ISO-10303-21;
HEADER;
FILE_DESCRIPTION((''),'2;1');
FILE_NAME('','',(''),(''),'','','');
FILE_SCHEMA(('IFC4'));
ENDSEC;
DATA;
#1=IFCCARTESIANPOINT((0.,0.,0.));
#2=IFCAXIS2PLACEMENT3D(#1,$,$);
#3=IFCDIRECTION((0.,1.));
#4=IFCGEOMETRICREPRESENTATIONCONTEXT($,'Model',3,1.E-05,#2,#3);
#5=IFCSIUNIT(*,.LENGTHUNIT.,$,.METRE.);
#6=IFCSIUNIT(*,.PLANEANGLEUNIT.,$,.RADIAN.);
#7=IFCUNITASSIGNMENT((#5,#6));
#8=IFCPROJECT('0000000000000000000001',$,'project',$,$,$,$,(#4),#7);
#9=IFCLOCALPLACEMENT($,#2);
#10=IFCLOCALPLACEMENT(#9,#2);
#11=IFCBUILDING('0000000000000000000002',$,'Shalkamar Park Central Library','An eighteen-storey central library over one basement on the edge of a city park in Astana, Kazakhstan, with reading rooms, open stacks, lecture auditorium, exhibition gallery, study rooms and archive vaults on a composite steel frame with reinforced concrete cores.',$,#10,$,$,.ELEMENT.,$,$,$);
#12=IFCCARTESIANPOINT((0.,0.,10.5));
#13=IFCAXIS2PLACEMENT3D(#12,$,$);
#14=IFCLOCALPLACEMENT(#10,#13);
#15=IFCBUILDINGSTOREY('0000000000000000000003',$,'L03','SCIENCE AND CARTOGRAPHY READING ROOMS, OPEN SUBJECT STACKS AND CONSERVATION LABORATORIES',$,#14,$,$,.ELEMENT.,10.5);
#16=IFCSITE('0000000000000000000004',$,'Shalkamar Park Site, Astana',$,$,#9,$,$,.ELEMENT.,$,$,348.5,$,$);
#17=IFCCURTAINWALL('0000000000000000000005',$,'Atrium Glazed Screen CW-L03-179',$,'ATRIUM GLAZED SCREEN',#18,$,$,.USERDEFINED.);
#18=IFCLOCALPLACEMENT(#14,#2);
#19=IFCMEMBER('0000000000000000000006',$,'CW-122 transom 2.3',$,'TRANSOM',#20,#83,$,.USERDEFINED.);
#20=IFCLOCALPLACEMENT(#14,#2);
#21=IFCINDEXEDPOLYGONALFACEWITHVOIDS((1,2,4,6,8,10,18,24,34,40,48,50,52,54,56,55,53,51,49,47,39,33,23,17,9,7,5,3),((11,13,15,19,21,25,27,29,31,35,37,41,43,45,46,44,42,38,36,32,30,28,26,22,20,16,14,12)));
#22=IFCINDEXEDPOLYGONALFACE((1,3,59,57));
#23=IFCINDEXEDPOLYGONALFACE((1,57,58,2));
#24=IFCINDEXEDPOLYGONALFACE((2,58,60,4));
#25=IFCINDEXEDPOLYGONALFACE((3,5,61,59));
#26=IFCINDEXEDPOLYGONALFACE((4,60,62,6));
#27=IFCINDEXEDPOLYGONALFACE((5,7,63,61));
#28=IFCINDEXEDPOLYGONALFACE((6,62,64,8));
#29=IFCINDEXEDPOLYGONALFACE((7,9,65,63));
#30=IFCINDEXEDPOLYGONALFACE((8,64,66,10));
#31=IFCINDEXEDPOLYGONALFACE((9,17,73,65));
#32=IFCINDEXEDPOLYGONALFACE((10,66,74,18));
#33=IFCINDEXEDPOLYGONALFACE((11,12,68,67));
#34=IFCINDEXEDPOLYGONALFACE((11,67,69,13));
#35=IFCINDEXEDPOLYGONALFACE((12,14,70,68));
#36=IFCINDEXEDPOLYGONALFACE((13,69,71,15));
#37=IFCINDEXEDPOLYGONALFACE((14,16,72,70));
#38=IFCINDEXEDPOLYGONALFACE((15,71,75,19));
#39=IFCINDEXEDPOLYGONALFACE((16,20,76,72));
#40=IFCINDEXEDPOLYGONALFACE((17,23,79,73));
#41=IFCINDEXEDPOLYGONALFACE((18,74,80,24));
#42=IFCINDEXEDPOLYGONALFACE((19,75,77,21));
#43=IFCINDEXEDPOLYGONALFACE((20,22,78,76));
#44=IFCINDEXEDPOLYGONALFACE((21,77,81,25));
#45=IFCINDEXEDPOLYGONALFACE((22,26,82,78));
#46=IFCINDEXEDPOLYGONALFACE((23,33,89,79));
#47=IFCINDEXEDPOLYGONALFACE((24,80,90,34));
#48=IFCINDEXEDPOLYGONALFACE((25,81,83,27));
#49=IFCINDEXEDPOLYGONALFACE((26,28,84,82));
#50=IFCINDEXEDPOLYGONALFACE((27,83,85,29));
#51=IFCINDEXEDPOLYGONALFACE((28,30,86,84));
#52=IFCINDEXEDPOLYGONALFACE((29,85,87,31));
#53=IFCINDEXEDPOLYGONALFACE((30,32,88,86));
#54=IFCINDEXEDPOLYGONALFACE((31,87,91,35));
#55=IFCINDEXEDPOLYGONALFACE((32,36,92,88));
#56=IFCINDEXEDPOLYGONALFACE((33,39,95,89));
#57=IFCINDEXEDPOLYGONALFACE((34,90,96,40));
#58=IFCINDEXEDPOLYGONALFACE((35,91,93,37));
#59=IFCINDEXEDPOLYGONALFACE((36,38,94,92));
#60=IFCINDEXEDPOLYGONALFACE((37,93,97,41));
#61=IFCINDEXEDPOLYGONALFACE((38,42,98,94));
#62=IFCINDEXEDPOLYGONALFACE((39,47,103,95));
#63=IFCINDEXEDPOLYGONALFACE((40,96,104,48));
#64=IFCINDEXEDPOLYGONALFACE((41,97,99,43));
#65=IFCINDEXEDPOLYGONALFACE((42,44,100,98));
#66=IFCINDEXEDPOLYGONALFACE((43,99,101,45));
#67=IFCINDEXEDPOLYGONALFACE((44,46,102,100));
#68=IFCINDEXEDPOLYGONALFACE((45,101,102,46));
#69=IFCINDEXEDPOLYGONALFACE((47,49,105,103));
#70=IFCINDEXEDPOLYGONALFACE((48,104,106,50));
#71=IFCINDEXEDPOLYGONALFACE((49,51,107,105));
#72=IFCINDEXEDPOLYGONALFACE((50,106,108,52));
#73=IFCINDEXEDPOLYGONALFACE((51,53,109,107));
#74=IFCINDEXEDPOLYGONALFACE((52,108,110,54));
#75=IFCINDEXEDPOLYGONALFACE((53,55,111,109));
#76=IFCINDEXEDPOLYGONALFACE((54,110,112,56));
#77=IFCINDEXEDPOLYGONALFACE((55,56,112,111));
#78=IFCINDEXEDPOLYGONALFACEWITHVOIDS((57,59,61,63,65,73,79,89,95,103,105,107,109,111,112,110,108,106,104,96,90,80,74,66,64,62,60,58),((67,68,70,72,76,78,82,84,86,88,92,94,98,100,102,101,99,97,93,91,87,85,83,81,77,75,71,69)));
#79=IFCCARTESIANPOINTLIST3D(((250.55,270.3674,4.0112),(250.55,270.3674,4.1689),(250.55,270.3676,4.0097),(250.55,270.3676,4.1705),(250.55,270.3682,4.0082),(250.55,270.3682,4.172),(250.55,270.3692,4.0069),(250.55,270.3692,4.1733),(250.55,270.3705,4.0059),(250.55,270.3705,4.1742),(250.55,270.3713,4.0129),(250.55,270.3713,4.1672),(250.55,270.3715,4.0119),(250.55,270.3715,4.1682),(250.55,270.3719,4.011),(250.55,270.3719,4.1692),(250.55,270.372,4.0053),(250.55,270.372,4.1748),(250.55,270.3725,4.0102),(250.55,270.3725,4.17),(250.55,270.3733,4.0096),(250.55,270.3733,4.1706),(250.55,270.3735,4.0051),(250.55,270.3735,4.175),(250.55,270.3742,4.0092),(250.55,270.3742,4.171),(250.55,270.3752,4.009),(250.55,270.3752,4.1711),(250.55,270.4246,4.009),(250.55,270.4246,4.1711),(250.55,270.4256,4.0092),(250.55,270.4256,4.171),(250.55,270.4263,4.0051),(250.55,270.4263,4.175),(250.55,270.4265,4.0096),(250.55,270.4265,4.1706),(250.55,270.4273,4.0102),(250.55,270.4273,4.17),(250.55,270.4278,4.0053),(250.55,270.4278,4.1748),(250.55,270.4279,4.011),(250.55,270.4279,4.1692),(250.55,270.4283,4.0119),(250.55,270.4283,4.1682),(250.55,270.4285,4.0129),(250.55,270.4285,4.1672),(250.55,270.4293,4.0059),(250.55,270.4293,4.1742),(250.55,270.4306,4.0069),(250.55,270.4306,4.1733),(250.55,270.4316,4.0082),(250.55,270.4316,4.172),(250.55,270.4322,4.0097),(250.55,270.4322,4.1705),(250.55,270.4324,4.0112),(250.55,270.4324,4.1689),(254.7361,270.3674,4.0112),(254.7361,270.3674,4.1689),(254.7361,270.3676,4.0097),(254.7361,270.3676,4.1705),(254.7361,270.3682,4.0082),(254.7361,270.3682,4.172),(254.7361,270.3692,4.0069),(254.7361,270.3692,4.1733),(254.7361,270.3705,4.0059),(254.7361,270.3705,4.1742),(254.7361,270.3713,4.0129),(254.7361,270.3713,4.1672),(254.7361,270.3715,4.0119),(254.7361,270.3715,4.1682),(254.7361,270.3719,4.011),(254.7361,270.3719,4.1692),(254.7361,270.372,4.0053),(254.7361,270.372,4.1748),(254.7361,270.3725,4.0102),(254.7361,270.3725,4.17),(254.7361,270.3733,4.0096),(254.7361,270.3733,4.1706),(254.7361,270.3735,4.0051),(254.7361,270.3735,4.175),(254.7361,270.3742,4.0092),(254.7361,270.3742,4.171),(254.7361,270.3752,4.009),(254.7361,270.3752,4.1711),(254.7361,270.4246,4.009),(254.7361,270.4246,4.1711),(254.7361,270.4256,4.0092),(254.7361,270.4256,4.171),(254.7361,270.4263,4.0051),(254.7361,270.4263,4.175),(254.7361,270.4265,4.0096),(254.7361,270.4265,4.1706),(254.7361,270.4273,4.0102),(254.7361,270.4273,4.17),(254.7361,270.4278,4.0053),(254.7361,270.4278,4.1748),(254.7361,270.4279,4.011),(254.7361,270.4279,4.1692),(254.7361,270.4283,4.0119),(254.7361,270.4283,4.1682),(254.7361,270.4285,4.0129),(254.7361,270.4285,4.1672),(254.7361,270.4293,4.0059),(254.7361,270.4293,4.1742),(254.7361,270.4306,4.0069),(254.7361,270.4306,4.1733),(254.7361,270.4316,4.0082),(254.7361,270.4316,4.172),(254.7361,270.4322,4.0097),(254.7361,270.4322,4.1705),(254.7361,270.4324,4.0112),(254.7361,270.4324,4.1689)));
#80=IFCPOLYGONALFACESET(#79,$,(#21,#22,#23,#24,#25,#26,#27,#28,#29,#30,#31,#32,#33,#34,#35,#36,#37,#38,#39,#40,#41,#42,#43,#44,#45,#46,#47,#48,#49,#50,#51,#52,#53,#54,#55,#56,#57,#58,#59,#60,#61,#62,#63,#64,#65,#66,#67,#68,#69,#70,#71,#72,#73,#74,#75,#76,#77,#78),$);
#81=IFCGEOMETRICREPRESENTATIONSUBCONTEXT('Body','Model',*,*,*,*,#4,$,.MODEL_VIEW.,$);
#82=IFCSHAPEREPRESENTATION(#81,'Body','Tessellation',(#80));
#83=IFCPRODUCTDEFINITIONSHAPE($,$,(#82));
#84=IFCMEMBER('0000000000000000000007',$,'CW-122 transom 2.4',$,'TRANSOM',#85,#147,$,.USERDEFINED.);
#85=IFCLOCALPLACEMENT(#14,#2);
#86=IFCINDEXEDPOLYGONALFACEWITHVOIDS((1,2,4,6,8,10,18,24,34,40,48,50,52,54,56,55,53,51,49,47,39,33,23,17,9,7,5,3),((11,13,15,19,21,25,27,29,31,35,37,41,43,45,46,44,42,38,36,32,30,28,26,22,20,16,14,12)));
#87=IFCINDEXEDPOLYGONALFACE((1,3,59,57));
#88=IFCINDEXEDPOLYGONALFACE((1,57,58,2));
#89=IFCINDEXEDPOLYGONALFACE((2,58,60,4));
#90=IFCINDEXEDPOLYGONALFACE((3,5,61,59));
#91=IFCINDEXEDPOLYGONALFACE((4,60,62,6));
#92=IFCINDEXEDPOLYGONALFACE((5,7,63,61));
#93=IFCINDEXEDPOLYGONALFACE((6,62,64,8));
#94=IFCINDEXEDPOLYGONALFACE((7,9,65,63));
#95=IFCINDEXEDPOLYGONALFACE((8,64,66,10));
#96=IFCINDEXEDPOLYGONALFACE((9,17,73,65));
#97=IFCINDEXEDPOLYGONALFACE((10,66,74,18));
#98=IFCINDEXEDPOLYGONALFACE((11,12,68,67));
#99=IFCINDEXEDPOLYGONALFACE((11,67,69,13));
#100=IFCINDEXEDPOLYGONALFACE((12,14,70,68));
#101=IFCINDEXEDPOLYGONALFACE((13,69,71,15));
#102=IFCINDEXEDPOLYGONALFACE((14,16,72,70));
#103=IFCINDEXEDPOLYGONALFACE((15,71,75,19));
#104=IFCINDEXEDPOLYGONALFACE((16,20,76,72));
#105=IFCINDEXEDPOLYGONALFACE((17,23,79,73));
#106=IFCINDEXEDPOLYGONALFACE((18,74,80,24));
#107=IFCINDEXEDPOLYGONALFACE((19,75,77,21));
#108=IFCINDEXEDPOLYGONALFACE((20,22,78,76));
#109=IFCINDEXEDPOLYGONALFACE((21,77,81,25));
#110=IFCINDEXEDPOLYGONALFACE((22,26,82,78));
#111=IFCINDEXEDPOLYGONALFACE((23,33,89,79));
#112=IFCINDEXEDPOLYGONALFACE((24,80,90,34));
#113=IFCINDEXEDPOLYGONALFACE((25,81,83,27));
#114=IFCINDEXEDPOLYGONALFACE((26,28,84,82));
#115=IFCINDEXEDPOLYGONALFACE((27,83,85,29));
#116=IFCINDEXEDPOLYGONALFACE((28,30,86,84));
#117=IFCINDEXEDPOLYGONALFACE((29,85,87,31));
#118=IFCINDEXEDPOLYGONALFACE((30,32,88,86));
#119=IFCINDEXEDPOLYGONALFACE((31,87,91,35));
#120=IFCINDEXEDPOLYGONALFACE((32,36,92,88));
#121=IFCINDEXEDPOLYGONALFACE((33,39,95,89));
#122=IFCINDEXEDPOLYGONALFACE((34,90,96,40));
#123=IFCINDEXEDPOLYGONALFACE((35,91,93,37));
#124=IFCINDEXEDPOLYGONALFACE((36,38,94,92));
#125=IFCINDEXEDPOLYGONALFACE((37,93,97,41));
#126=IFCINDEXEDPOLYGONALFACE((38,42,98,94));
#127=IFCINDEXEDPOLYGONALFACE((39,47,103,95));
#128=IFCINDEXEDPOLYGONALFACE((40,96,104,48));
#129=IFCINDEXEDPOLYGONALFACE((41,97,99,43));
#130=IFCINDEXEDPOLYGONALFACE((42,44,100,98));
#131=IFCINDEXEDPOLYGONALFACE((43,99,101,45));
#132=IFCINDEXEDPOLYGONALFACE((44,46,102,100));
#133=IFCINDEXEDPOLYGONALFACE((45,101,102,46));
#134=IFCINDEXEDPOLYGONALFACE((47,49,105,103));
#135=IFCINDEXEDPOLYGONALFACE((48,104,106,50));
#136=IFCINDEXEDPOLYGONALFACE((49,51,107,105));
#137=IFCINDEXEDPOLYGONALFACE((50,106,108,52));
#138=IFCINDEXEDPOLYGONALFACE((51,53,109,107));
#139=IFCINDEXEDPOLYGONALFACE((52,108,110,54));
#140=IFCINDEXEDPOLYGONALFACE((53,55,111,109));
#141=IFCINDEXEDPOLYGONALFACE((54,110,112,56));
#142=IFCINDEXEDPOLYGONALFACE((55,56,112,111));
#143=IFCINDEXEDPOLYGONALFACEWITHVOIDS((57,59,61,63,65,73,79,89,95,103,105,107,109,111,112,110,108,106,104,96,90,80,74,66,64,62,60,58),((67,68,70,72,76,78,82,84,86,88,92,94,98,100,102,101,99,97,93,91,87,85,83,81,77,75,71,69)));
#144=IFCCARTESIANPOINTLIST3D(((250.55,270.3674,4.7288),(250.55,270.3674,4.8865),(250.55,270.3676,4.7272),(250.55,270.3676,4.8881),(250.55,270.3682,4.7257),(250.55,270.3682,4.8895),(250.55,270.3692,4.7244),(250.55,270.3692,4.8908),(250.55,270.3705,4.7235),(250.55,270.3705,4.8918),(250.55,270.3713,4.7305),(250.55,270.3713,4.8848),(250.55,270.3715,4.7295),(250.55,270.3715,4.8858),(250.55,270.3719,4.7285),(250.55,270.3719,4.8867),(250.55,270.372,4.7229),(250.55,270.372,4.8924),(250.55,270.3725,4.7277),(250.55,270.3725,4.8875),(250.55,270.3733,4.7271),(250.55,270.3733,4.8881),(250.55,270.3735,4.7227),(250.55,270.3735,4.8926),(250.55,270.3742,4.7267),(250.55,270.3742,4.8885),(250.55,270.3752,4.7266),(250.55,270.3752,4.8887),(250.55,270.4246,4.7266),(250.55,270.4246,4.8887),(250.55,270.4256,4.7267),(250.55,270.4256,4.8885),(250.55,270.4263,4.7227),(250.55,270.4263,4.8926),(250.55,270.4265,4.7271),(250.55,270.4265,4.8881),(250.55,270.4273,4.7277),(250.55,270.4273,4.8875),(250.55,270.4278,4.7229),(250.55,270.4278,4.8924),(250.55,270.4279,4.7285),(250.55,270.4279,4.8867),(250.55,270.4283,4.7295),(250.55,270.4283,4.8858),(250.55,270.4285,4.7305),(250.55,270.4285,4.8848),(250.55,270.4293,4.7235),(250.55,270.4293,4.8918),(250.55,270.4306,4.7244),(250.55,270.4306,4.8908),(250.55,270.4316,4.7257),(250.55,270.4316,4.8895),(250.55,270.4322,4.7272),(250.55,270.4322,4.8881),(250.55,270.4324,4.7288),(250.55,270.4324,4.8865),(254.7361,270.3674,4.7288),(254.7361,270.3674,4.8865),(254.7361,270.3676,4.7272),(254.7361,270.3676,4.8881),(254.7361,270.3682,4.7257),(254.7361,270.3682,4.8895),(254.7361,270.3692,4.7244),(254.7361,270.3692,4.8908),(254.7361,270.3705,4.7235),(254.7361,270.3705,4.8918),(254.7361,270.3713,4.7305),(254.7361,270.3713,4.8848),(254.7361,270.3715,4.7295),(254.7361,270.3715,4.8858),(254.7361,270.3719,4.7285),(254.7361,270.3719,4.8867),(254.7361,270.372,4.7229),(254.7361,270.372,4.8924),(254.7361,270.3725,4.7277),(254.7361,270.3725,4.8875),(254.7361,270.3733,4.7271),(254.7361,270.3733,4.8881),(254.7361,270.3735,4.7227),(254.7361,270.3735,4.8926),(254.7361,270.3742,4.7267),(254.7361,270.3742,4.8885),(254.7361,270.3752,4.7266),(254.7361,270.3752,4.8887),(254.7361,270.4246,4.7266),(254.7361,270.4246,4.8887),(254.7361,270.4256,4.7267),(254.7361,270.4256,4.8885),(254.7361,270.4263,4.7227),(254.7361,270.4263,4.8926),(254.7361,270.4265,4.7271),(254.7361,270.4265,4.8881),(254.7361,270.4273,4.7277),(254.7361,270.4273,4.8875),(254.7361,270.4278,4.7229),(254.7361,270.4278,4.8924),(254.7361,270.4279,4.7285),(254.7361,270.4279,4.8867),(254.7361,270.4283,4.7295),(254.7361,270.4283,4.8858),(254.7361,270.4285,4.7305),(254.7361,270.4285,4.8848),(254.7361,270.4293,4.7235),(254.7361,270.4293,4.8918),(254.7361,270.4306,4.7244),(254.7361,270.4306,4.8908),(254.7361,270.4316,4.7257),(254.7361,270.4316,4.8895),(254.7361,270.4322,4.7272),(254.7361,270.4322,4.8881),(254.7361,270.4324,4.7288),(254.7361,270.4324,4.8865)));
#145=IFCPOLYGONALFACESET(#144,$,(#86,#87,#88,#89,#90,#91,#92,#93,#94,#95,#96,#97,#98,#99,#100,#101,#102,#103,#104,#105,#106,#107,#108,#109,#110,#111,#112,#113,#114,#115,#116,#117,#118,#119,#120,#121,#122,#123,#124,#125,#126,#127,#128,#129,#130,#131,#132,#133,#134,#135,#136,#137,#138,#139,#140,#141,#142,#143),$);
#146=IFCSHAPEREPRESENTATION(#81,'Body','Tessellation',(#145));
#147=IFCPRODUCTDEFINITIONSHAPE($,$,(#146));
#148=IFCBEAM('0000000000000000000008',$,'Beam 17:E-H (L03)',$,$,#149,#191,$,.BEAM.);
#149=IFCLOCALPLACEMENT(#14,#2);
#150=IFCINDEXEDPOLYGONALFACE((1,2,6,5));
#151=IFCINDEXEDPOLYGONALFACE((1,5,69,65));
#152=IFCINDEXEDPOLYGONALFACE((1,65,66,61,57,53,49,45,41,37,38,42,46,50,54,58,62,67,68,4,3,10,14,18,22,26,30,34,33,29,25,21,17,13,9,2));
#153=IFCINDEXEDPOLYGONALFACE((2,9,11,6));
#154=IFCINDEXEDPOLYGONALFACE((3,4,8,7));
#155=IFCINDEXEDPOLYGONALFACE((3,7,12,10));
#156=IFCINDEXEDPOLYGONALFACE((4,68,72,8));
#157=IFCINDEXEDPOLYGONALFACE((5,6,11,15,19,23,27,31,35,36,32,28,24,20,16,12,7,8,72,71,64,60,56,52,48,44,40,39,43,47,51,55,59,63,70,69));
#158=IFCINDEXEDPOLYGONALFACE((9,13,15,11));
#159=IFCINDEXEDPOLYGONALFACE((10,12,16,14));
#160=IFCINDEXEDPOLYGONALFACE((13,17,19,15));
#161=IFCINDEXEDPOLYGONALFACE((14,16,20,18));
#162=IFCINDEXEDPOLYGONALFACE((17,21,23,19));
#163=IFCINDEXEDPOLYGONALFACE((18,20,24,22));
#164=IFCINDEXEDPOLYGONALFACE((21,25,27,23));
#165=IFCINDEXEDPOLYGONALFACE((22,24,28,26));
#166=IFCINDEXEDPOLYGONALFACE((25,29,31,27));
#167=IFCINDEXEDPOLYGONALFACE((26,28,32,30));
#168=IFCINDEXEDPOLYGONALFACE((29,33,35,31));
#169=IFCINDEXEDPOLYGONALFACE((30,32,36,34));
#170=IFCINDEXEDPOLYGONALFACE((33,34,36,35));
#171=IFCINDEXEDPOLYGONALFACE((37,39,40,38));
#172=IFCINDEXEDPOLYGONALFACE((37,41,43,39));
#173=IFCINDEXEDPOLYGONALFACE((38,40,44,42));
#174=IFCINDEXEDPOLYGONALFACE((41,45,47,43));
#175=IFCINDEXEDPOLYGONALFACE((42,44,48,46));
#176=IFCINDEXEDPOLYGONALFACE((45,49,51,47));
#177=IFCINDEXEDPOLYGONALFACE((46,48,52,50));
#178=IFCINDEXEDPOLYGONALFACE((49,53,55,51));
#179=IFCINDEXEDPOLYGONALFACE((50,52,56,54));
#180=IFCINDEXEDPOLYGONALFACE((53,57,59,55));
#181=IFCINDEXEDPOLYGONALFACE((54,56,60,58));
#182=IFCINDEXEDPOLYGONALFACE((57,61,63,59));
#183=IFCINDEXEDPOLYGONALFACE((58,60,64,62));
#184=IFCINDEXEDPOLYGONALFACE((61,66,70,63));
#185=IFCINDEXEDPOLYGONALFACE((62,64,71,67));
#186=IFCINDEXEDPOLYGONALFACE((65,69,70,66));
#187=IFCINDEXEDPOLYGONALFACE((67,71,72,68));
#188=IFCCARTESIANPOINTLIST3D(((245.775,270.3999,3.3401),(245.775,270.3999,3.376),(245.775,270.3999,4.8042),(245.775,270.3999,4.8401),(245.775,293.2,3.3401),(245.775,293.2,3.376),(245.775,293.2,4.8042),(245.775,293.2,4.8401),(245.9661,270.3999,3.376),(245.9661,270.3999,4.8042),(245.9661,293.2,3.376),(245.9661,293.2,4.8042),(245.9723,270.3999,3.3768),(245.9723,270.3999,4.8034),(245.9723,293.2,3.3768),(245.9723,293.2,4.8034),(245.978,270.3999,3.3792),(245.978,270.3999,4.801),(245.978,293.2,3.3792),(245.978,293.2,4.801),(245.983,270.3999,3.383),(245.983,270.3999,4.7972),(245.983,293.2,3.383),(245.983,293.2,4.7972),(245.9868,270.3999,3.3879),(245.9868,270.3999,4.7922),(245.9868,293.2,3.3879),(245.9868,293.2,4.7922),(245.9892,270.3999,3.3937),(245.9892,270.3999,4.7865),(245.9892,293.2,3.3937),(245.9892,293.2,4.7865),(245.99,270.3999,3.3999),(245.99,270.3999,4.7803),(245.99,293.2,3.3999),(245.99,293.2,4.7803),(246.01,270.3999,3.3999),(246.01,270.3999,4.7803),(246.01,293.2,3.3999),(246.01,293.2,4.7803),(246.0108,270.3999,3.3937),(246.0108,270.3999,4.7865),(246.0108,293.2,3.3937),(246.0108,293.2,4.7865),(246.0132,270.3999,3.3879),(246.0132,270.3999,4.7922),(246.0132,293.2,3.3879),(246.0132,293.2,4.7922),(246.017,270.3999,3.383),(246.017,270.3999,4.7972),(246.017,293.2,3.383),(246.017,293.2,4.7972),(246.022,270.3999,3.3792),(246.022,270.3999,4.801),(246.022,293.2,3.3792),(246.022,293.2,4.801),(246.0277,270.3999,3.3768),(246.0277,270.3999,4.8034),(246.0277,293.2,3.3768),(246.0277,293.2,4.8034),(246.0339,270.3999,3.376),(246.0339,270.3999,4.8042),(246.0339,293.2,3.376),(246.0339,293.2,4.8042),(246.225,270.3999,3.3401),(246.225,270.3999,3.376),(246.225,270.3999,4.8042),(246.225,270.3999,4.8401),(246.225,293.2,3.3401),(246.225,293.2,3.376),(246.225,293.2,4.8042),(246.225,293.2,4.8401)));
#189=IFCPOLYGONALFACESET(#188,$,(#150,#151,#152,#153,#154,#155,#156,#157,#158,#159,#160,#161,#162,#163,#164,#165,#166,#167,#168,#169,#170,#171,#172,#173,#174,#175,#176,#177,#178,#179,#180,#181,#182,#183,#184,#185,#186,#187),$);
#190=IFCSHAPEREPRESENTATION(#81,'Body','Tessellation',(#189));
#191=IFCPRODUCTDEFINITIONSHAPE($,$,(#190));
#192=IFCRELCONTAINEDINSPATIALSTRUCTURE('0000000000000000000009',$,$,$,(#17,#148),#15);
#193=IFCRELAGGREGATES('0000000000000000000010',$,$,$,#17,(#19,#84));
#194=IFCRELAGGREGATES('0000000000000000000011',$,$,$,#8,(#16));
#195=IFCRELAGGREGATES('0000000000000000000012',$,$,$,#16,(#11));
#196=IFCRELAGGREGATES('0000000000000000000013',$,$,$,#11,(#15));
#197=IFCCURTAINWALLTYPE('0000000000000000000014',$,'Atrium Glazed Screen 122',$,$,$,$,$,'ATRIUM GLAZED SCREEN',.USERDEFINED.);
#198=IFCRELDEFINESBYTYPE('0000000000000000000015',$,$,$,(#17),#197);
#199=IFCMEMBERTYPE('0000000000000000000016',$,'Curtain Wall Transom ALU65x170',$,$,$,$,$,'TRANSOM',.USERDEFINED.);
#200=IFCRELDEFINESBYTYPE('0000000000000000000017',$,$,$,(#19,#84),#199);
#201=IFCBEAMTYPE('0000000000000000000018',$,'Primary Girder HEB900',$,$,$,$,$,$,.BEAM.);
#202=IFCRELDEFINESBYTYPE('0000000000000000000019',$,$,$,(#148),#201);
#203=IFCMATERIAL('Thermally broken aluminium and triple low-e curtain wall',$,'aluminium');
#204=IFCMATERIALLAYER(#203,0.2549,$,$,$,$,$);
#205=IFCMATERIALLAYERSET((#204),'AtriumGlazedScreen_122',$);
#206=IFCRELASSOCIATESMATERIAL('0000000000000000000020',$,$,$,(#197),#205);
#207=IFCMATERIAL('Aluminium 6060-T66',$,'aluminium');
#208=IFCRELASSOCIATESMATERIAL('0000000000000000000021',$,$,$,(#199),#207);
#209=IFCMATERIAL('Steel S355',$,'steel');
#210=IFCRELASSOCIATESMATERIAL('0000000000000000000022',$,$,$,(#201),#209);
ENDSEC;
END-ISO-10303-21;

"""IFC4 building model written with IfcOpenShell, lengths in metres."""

from ifc_helpers import new_model, si_unit, direction, frame, origin, origin_2d, place, context, subcontext, project, spatial, hollow_rectangle, i_section, extrude, material, layer, layer_set, material_profile, profile_set, type_object, element, aggregate, save


model = new_model("IFC4")

# Units and contexts
model_context = context("Model", 3, precision=1e-05, world=origin(), true_north=direction((0.0, 1.0)))
body_context = subcontext(model_context, "Body", "Model", "MODEL_VIEW")
ifc_project = project(units=[si_unit("LENGTHUNIT", "METRE"), si_unit("PLANEANGLEUNIT", "RADIAN")], contexts=[model_context])

# Site, building, storey
site_placement = place(None, origin())
site = spatial("IfcSite", under=ifc_project, at=site_placement, Name="Shalkamar Park Site, Astana", CompositionType="ELEMENT", RefElevation=348.5)
building_placement = place(site_placement, origin())
building = spatial("IfcBuilding", under=site, at=building_placement, Name="Shalkamar Park Central Library", Description="An eighteen-storey central library over one basement on the edge of a city park in Astana, Kazakhstan, with reading rooms, open stacks, lecture auditorium, exhibition gallery, study rooms and archive vaults on a composite steel frame with reinforced concrete cores.", CompositionType="ELEMENT")
storey_placement = place(building_placement, frame((0.0, 0.0, 10.5)))
storey = spatial("IfcBuildingStorey", under=building, at=storey_placement, Name="L03", Description="SCIENCE AND CARTOGRAPHY READING ROOMS, OPEN SUBJECT STACKS AND CONSERVATION LABORATORIES", CompositionType="ELEMENT", Elevation=10.5)

# Shared definitions
ifc_material_1 = material(Name="Steel S355", Category="steel")

# Curtain wall, members
ifc_material_2 = material(Name="Thermally broken aluminium and triple low-e curtain wall", Category="aluminium")
ifc_layer_1 = layer(ifc_material_2, 0.2549)
ifc_layer_set_1 = layer_set([ifc_layer_1], Name="AtriumGlazedScreen_122")
curtain_wall_type = type_object("IfcCurtainWallType", Name="Atrium Glazed Screen 122", ElementType="ATRIUM GLAZED SCREEN", PredefinedType="USERDEFINED", material=ifc_layer_set_1)
curtain_wall_placement = place(storey_placement, origin())
curtain_wall = element("IfcCurtainWall", 1, at=curtain_wall_placement, inside=storey, type_object=curtain_wall_type, Name="Atrium Glazed Screen CW-L03-179", ObjectType="ATRIUM GLAZED SCREEN", PredefinedType="USERDEFINED")
ifc_material_3 = material(Name="Aluminium 6060-T66", Category="aluminium")
ifc_material_profile_1 = material_profile(ifc_material_3, hollow_rectangle(XDim=0.0649, YDim=0.1699, WallThickness=0.0039, InnerFilletRadius=0.0039, OuterFilletRadius=0.0061, at=origin_2d()), Name="ALU 65x170x4")
ifc_profile_set_1 = profile_set([ifc_material_profile_1], Name="Aluminium 6060-T66")
member_type_1 = type_object("IfcMemberType", Name="Curtain Wall Transom ALU65x170", ElementType="TRANSOM", PredefinedType="USERDEFINED", material=ifc_profile_set_1)
member_1_placement = place(storey_placement, frame((250.55, 270.3999, 4.0901), z_axis=(1.0, 0.0, 0.0), x_axis=(0.0, 1.0, 0.0)))
member_1 = element("IfcMember", 2, at=member_1_placement, type_object=member_type_1, Name="CW-122 transom 2.3", ObjectType="TRANSOM", PredefinedType="USERDEFINED", context=body_context, shape_type="SweptSolid", body=[
    extrude(hollow_rectangle(XDim=0.0649, YDim=0.1699, WallThickness=0.0039, InnerFilletRadius=0.0039, OuterFilletRadius=0.0061, at=origin_2d()), origin(), (0.0, 0.0, 1.0), 4.186),
])
member_2_placement = place(storey_placement, frame((250.55, 270.3999, 4.8076), z_axis=(1.0, 0.0, 0.0), x_axis=(0.0, 1.0, 0.0)))
member_2 = element("IfcMember", 3, at=member_2_placement, type_object=member_type_1, Name="CW-122 transom 2.4", ObjectType="TRANSOM", PredefinedType="USERDEFINED", context=body_context, shape_type="SweptSolid", body=[
    extrude(hollow_rectangle(XDim=0.0649, YDim=0.1699, WallThickness=0.0039, InnerFilletRadius=0.0039, OuterFilletRadius=0.0061, at=origin_2d()), origin(), (0.0, 0.0, 1.0), 4.186),
])

# Beam
ifc_material_profile_2 = material_profile(ifc_material_1, i_section(OverallWidth=0.45, OverallDepth=1.5, WebThickness=0.02, FlangeThickness=0.0359, FilletRadius=0.0239, at=origin_2d()), Name="PG 1500x450")
ifc_profile_set_2 = profile_set([ifc_material_profile_2], Name="Steel S355")
beam_type_1 = type_object("IfcBeamType", Name="Primary Girder HEB900", PredefinedType="BEAM", material=ifc_profile_set_2)
beam_placement = place(storey_placement, frame((246.0, 270.3999, 4.0901), z_axis=(0.0, 1.0, 0.0), x_axis=(-1.0, 0.0, 0.0)))
element("IfcBeam", 4, at=beam_placement, inside=storey, type_object=beam_type_1, Name="Beam 17:E-H (L03)", PredefinedType="BEAM", context=body_context, shape_type="SweptSolid", body=[
    extrude(i_section(OverallWidth=0.45, OverallDepth=1.5, WebThickness=0.02, FlangeThickness=0.0359, FilletRadius=0.0239, at=origin_2d()), origin(), (0.0, 0.0, 1.0), 22.8),
])

aggregate(curtain_wall, [member_1, member_2])

save(model, "model.ifc")
